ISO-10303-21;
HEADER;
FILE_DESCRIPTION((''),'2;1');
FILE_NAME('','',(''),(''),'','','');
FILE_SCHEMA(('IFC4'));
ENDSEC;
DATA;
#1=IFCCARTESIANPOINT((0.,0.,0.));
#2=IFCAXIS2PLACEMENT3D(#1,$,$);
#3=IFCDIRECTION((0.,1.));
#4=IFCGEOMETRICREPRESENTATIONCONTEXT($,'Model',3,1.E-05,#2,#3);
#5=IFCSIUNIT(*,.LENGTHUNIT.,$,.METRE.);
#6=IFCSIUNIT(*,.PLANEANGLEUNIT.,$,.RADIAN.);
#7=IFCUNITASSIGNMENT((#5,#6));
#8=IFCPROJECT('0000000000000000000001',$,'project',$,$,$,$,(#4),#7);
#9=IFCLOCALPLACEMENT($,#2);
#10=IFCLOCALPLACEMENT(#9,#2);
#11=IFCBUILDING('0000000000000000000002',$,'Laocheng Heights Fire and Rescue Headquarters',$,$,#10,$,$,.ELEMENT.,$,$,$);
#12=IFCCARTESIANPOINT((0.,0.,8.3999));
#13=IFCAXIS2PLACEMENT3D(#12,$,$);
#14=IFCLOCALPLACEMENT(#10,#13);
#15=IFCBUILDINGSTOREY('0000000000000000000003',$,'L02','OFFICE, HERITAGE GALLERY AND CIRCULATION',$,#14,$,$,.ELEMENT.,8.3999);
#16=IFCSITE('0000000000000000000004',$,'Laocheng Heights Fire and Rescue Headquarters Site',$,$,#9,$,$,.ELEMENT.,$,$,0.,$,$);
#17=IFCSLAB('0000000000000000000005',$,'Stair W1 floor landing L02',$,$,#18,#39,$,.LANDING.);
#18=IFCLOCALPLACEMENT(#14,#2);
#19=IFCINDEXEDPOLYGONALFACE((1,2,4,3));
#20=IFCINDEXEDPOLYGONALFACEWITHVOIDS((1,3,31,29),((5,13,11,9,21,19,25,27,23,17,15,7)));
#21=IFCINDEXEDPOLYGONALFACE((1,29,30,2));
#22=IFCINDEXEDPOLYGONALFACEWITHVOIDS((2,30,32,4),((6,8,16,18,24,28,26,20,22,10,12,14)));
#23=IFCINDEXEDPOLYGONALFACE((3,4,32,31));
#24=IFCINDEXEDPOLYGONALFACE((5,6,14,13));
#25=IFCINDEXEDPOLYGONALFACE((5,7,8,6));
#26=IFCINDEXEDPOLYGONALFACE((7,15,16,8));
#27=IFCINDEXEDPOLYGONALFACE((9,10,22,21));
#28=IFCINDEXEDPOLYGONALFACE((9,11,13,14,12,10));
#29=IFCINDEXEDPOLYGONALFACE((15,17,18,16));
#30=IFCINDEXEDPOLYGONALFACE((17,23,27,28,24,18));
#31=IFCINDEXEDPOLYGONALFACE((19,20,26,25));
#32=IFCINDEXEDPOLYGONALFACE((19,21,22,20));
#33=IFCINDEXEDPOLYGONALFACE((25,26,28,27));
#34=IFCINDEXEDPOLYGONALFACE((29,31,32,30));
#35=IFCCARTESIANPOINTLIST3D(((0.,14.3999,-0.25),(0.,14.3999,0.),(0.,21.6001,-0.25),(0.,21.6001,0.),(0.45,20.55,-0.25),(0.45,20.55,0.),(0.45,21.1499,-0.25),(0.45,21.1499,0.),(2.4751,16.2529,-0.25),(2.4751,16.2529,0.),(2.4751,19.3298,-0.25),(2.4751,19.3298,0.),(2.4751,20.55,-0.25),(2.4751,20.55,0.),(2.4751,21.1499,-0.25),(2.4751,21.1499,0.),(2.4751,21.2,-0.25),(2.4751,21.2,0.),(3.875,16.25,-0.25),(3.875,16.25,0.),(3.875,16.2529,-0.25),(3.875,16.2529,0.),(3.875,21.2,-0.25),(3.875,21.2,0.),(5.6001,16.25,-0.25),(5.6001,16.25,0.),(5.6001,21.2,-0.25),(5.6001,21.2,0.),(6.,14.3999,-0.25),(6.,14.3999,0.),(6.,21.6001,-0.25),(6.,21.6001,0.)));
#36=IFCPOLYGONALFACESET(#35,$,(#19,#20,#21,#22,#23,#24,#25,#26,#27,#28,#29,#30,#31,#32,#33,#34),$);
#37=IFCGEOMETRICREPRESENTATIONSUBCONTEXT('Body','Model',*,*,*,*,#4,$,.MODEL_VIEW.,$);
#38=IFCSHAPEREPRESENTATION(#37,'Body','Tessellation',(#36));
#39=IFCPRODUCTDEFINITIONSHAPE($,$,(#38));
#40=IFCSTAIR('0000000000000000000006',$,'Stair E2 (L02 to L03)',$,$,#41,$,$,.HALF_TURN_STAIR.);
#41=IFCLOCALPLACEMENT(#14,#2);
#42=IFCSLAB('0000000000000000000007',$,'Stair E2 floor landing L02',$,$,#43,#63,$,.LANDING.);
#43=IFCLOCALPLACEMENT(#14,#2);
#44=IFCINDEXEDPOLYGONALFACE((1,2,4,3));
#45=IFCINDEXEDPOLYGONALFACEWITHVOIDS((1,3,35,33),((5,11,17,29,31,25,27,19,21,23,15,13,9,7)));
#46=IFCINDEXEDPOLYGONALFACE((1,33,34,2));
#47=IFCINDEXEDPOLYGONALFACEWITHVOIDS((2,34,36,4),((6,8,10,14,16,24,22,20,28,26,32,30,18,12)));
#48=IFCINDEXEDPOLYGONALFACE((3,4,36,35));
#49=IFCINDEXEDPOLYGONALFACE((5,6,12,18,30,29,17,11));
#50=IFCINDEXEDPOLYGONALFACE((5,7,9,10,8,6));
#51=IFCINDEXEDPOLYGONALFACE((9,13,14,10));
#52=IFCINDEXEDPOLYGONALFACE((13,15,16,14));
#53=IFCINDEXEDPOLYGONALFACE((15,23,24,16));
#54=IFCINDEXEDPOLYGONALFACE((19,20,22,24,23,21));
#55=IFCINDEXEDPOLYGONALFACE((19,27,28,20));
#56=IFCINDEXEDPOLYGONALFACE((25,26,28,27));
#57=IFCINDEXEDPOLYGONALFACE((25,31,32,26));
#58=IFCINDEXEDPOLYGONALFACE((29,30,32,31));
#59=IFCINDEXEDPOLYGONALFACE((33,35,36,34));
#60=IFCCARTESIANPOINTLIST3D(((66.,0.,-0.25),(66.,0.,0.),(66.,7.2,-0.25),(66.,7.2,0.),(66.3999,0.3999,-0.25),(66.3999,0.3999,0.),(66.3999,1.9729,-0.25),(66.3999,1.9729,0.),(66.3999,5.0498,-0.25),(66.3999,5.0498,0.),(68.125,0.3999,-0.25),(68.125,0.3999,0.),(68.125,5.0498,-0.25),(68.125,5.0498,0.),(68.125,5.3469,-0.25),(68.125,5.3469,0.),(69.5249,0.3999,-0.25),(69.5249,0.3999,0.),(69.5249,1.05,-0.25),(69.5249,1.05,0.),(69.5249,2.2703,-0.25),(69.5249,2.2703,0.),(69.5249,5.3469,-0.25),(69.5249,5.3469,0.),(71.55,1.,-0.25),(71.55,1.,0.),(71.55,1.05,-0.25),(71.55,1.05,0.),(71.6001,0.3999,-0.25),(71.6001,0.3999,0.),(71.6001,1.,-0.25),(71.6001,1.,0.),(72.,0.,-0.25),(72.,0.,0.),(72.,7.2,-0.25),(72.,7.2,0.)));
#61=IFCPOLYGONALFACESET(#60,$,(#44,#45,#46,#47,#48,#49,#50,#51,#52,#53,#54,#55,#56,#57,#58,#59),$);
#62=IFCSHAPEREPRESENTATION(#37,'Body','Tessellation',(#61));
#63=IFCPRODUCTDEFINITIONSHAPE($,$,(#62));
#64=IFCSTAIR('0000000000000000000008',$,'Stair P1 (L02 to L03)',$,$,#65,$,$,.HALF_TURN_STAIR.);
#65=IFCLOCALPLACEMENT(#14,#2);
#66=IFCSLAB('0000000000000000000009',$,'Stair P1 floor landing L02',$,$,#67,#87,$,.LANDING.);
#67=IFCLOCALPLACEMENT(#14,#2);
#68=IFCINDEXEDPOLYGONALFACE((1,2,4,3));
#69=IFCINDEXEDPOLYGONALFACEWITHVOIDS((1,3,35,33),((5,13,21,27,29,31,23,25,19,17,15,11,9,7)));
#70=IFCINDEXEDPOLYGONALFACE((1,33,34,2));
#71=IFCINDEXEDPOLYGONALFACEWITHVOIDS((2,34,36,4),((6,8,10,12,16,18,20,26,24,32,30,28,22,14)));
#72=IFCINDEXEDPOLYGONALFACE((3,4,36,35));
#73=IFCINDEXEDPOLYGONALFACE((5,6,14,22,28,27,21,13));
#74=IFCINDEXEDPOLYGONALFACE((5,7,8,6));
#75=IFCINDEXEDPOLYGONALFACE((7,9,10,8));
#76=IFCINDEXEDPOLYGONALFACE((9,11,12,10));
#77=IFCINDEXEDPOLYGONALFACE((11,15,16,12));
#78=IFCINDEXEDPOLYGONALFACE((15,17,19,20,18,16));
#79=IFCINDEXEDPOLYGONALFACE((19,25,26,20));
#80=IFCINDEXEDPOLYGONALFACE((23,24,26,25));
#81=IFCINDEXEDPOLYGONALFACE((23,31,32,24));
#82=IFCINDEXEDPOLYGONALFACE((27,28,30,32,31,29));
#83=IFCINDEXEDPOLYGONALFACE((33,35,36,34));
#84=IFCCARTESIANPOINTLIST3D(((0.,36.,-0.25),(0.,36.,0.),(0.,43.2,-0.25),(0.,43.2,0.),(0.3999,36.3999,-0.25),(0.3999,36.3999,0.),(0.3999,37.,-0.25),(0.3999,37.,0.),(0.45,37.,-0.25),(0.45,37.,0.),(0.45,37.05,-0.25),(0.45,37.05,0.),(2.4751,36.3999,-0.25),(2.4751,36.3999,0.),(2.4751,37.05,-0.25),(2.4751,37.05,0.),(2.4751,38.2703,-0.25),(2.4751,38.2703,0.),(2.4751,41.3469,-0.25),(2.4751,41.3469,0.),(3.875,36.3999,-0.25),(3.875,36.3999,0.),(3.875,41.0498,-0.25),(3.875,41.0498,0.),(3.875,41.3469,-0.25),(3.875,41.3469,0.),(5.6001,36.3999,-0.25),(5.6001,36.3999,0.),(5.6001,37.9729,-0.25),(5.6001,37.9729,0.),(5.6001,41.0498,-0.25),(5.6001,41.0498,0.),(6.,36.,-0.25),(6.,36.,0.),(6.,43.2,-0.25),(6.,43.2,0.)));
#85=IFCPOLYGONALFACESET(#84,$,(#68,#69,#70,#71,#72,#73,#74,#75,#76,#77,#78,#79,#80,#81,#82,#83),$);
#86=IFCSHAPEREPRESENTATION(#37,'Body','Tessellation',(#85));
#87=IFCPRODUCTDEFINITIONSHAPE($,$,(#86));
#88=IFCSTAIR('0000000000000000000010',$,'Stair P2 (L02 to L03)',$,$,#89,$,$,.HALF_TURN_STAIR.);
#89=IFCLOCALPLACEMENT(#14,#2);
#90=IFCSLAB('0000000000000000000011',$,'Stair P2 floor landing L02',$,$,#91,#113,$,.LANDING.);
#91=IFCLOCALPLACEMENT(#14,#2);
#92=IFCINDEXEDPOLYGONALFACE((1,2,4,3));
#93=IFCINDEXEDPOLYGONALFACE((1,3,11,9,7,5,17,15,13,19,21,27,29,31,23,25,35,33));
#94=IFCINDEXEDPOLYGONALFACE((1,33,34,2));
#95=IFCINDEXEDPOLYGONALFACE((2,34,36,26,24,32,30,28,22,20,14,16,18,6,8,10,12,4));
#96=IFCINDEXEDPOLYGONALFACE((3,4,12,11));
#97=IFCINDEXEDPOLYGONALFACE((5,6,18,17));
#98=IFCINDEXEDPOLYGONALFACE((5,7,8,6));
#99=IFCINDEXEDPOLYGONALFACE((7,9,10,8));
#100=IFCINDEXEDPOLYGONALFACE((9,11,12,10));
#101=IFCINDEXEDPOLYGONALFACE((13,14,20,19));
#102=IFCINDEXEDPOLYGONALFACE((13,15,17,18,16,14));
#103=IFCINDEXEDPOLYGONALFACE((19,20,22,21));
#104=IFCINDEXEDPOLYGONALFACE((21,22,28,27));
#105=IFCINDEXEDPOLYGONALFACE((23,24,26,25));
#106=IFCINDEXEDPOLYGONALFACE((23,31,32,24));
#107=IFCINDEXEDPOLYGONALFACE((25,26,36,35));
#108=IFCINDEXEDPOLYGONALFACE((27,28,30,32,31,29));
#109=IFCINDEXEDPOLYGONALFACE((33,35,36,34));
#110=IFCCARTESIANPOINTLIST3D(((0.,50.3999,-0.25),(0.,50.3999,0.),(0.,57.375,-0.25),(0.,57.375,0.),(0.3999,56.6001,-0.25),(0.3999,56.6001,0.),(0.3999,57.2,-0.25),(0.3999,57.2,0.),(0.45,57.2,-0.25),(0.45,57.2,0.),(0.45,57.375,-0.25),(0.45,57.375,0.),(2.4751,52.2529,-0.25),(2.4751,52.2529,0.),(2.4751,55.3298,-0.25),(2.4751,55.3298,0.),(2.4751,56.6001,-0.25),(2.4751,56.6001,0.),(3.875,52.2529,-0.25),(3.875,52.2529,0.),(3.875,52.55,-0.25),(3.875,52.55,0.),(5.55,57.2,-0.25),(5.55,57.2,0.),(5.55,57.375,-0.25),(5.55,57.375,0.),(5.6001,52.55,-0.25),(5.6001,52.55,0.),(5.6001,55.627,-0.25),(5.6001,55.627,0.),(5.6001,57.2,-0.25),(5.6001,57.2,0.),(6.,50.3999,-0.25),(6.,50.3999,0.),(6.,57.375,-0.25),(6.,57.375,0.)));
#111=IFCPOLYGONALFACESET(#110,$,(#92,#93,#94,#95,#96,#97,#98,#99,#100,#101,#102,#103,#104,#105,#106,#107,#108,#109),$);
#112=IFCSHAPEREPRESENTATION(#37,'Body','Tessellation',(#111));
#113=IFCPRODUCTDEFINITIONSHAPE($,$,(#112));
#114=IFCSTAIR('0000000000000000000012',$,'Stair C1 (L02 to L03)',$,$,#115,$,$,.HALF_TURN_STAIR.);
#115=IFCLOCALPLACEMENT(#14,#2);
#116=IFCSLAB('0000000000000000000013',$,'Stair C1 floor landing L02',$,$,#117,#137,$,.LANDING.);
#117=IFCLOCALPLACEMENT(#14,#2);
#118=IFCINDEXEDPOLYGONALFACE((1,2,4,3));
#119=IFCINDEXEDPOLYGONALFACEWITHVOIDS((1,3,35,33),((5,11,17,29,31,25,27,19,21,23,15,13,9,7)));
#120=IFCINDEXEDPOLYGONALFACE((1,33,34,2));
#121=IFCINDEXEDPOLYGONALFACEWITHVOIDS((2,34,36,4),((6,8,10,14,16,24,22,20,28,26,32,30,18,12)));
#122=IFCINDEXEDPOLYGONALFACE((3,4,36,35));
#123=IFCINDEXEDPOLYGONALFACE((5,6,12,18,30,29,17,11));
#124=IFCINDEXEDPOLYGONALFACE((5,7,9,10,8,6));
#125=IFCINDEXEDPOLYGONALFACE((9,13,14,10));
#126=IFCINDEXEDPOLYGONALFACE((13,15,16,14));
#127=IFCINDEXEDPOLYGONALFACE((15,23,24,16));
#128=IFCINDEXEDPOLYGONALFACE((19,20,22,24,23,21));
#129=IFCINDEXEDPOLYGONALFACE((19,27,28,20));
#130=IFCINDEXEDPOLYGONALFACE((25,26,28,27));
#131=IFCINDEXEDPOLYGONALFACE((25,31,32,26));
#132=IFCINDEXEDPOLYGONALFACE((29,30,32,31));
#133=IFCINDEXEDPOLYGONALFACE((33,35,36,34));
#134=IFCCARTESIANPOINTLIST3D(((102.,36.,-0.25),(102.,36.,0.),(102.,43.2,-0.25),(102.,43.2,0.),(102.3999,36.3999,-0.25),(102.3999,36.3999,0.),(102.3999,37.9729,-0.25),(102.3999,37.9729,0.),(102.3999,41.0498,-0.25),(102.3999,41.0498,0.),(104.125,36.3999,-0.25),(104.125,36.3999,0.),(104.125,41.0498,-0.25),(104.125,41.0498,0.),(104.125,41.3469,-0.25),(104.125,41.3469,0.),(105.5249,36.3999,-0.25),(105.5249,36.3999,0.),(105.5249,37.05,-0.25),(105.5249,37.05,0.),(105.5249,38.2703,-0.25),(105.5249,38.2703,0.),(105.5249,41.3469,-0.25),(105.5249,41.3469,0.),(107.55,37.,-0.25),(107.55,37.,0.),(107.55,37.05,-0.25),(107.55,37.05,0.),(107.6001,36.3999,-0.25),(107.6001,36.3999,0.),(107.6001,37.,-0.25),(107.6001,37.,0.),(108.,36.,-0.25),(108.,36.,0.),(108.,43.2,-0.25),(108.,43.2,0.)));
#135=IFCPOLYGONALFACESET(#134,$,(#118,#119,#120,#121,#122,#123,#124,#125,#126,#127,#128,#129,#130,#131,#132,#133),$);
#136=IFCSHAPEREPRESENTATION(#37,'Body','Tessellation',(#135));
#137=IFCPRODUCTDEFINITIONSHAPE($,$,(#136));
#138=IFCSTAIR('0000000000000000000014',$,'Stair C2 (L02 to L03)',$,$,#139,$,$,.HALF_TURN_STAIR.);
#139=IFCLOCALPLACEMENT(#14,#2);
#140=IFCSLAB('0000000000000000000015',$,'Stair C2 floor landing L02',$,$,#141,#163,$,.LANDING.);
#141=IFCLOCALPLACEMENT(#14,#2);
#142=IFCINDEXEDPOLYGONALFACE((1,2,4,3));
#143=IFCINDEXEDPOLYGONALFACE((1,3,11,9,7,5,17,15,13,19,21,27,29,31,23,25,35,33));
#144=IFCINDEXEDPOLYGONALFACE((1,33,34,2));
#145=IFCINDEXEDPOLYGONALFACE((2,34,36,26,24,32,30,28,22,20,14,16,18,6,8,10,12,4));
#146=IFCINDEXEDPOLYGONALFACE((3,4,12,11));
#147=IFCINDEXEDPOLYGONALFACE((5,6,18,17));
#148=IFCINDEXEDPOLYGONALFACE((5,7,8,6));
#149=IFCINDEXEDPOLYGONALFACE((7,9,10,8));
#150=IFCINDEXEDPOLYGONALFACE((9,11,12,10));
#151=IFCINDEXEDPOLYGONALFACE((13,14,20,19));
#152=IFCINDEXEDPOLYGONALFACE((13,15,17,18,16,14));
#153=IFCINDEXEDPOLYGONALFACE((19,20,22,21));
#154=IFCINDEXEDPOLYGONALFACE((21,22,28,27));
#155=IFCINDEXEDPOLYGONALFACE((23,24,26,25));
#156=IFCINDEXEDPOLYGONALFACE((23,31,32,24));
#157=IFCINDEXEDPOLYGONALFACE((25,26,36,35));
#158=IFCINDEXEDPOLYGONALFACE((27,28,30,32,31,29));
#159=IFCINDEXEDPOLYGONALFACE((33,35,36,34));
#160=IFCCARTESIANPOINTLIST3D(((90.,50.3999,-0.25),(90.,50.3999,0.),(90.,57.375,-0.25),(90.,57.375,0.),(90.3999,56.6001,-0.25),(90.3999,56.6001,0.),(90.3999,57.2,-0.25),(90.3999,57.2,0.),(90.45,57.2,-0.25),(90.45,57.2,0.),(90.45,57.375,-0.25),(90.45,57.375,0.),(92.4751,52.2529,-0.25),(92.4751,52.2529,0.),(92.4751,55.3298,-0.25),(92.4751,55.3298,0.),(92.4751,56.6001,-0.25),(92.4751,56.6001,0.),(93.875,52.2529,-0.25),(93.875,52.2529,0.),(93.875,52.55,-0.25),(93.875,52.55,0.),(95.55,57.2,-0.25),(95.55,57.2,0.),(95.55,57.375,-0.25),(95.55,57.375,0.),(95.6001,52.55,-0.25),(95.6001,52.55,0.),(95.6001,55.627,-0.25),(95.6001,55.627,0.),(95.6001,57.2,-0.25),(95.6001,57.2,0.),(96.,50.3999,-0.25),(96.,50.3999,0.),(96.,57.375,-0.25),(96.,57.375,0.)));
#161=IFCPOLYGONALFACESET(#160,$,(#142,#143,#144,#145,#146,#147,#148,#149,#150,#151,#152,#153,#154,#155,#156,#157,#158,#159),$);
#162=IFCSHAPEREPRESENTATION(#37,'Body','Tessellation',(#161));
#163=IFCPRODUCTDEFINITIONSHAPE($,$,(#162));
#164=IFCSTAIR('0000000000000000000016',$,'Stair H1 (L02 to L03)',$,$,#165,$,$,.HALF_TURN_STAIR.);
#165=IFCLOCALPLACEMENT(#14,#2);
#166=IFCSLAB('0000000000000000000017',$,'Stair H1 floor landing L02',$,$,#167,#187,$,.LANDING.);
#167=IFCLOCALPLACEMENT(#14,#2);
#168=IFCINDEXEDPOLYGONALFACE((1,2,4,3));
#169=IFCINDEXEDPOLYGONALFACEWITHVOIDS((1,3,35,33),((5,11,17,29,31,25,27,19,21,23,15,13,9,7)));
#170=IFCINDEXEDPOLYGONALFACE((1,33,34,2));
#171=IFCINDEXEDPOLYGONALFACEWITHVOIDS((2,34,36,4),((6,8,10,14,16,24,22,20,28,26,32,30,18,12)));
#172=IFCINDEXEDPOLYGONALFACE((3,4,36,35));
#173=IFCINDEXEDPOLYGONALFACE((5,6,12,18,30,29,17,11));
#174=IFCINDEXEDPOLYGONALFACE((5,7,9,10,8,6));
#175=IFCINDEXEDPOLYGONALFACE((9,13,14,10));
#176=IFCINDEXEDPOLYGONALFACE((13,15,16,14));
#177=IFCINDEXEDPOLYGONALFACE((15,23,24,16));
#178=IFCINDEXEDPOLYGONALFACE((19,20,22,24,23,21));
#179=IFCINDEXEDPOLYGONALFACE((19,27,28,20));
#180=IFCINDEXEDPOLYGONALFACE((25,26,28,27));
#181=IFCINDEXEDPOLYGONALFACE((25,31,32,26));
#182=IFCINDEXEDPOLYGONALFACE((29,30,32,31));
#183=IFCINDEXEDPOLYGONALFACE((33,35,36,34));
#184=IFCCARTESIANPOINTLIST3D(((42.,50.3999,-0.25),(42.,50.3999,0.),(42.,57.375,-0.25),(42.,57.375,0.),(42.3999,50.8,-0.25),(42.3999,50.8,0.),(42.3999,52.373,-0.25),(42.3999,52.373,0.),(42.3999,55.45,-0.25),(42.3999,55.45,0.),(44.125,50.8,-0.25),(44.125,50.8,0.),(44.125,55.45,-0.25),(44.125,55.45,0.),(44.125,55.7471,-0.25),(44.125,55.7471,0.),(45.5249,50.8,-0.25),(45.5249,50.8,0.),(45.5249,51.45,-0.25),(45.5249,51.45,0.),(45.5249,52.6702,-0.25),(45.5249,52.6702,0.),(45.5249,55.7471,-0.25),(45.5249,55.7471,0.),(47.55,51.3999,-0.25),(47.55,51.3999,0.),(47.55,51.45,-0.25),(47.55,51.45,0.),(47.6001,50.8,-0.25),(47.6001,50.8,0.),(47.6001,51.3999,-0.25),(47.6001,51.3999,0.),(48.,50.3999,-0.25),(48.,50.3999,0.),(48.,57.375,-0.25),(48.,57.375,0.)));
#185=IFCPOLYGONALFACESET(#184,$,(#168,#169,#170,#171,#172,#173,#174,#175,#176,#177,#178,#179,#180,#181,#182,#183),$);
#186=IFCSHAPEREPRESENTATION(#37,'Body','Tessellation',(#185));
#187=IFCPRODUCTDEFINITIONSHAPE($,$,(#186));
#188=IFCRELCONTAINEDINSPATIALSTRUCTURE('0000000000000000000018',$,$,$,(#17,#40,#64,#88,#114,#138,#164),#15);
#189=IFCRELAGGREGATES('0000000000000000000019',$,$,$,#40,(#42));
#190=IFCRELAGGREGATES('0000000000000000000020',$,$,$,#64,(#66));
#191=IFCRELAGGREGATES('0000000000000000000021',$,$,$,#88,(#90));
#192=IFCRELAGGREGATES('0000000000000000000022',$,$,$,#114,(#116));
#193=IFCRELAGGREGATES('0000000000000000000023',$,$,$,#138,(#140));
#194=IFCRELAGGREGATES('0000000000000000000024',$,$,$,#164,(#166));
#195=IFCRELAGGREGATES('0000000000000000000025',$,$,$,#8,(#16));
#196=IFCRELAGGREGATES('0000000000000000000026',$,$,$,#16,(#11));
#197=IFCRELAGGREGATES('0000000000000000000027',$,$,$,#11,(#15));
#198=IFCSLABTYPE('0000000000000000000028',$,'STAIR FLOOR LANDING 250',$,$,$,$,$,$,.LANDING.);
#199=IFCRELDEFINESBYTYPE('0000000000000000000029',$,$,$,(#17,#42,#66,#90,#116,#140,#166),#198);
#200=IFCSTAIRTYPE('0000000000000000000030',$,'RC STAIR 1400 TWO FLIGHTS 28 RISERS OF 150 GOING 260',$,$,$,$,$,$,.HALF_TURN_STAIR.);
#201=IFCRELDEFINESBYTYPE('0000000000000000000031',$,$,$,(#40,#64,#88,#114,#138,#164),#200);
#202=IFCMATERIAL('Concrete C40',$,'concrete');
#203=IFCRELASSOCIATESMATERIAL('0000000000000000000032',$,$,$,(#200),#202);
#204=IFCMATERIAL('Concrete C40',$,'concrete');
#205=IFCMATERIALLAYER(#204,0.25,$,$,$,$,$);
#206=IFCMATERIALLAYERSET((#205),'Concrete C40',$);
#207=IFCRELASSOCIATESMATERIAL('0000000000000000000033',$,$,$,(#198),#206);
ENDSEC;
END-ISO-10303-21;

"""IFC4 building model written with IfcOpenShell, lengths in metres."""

from ifc_helpers import new_model, si_unit, direction, frame, origin, place, context, subcontext, project, spatial, polyline, outline, extrude, material, layer, layer_set, type_object, element, aggregate, save


model = new_model("IFC4")

# Units and contexts
model_context = context("Model", 3, precision=1e-05, world=origin(), true_north=direction((0.0, 1.0)))
body_context = subcontext(model_context, "Body", "Model", "MODEL_VIEW")
ifc_project = project(units=[si_unit("LENGTHUNIT", "METRE"), si_unit("PLANEANGLEUNIT", "RADIAN")], contexts=[model_context])

# Site, building, storey
site_placement = place(None, origin())
site = spatial("IfcSite", under=ifc_project, at=site_placement, Name="Laocheng Heights Fire and Rescue Headquarters Site", CompositionType="ELEMENT", RefElevation=0.0)
building_placement = place(site_placement, origin())
building = spatial("IfcBuilding", under=site, at=building_placement, Name="Laocheng Heights Fire and Rescue Headquarters", CompositionType="ELEMENT")
storey_placement = place(building_placement, frame((0.0, 0.0, 8.3999)))
storey = spatial("IfcBuildingStorey", under=building, at=storey_placement, Name="L02", Description="OFFICE, HERITAGE GALLERY AND CIRCULATION", CompositionType="ELEMENT", Elevation=8.3999)

# Shared definitions
ifc_material_1 = material(Name="Concrete C40", Category="concrete")
stair_type = type_object("IfcStairType", Name="RC STAIR 1400 TWO FLIGHTS 28 RISERS OF 150 GOING 260", PredefinedType="HALF_TURN_STAIR", material=ifc_material_1)

# Slab
ifc_material_2 = material(Name="Concrete C40", Category="concrete")
ifc_layer_1 = layer(ifc_material_2, 0.25)
ifc_layer_set_1 = layer_set([ifc_layer_1], Name="Concrete C40")
slab_type_1 = type_object("IfcSlabType", Name="STAIR FLOOR LANDING 250", PredefinedType="LANDING", material=ifc_layer_set_1)
slab_1_placement = place(storey_placement, frame((0.0, 0.0, -0.25)))
element("IfcSlab", 1, at=slab_1_placement, inside=storey, type_object=slab_type_1, Name="Stair W1 floor landing L02", PredefinedType="LANDING", context=body_context, shape_type="SweptSolid", body=[
    extrude(outline(polyline([(0.0, 21.6001), (6.0, 21.6001), (6.0, 14.3999), (0.0, 14.3999), (0.0, 21.6001)]), holes=[polyline([(3.875, 16.25), (5.6001, 16.25), (5.6001, 21.2), (3.875, 21.2), (2.4751, 21.2), (2.4751, 21.1499), (0.45, 21.1499), (0.45, 20.55), (2.4751, 20.55), (2.4751, 19.3298), (2.4751, 16.2529), (3.875, 16.2529), (3.875, 16.25)])]), origin(), (0.0, 0.0, 1.0), 0.25),
])

# Stairs, slabs
stair_1_placement = place(storey_placement, origin())
stair_1 = element("IfcStair", 2, at=stair_1_placement, inside=storey, type_object=stair_type, Name="Stair E2 (L02 to L03)", PredefinedType="HALF_TURN_STAIR")
slab_2_placement = place(storey_placement, frame((0.0, 0.0, -0.25)))
slab_2 = element("IfcSlab", 3, at=slab_2_placement, type_object=slab_type_1, Name="Stair E2 floor landing L02", PredefinedType="LANDING", context=body_context, shape_type="SweptSolid", body=[
    extrude(outline(polyline([(66.0, 7.2), (72.0, 7.2), (72.0, 0.0), (66.0, 0.0), (66.0, 7.2)]), holes=[polyline([(69.5249, 0.3999), (71.6001, 0.3999), (71.6001, 1.0), (71.55, 1.0), (71.55, 1.05), (69.5249, 1.05), (69.5249, 2.2703), (69.5249, 5.3469), (68.125, 5.3469), (68.125, 5.0498), (66.3999, 5.0498), (66.3999, 1.9729), (66.3999, 0.3999), (68.125, 0.3999), (69.5249, 0.3999)])]), origin(), (0.0, 0.0, 1.0), 0.25),
])
aggregate(stair_1, [slab_2])
stair_2_placement = place(storey_placement, origin())
stair_2 = element("IfcStair", 4, at=stair_2_placement, inside=storey, type_object=stair_type, Name="Stair P1 (L02 to L03)", PredefinedType="HALF_TURN_STAIR")
slab_3_placement = place(storey_placement, frame((0.0, 0.0, -0.25)))
slab_3 = element("IfcSlab", 5, at=slab_3_placement, type_object=slab_type_1, Name="Stair P1 floor landing L02", PredefinedType="LANDING", context=body_context, shape_type="SweptSolid", body=[
    extrude(outline(polyline([(0.0, 43.2), (6.0, 43.2), (6.0, 36.0), (0.0, 36.0), (0.0, 43.2)]), holes=[polyline([(3.875, 41.0498), (3.875, 41.3469), (2.4751, 41.3469), (2.4751, 38.2703), (2.4751, 37.05), (0.45, 37.05), (0.45, 37.0), (0.3999, 37.0), (0.3999, 36.3999), (2.4751, 36.3999), (3.875, 36.3999), (5.6001, 36.3999), (5.6001, 37.9729), (5.6001, 41.0498), (3.875, 41.0498)])]), origin(), (0.0, 0.0, 1.0), 0.25),
])
aggregate(stair_2, [slab_3])
stair_3_placement = place(storey_placement, origin())
stair_3 = element("IfcStair", 6, at=stair_3_placement, inside=storey, type_object=stair_type, Name="Stair P2 (L02 to L03)", PredefinedType="HALF_TURN_STAIR")
slab_4_placement = place(storey_placement, frame((0.0, 0.0, -0.25)))
slab_4 = element("IfcSlab", 7, at=slab_4_placement, type_object=slab_type_1, Name="Stair P2 floor landing L02", PredefinedType="LANDING", context=body_context, shape_type="SweptSolid", body=[
    extrude(outline(polyline([(0.0, 57.375), (0.45, 57.375), (0.45, 57.2), (0.3999, 57.2), (0.3999, 56.6001), (2.4751, 56.6001), (2.4751, 55.3298), (2.4751, 52.2529), (3.875, 52.2529), (3.875, 52.55), (5.6001, 52.55), (5.6001, 55.627), (5.6001, 57.2), (5.55, 57.2), (5.55, 57.375), (6.0, 57.375), (6.0, 50.3999), (0.0, 50.3999), (0.0, 57.375)])), origin(), (0.0, 0.0, 1.0), 0.25),
])
aggregate(stair_3, [slab_4])
stair_4_placement = place(storey_placement, origin())
stair_4 = element("IfcStair", 8, at=stair_4_placement, inside=storey, type_object=stair_type, Name="Stair C1 (L02 to L03)", PredefinedType="HALF_TURN_STAIR")
slab_5_placement = place(storey_placement, frame((0.0, 0.0, -0.25)))
slab_5 = element("IfcSlab", 9, at=slab_5_placement, type_object=slab_type_1, Name="Stair C1 floor landing L02", PredefinedType="LANDING", context=body_context, shape_type="SweptSolid", body=[
    extrude(outline(polyline([(102.0, 43.2), (108.0, 43.2), (108.0, 36.0), (102.0, 36.0), (102.0, 43.2)]), holes=[polyline([(105.5249, 36.3999), (107.6001, 36.3999), (107.6001, 37.0), (107.55, 37.0), (107.55, 37.05), (105.5249, 37.05), (105.5249, 38.2703), (105.5249, 41.3469), (104.125, 41.3469), (104.125, 41.0498), (102.3999, 41.0498), (102.3999, 37.9729), (102.3999, 36.3999), (104.125, 36.3999), (105.5249, 36.3999)])]), origin(), (0.0, 0.0, 1.0), 0.25),
])
aggregate(stair_4, [slab_5])
stair_5_placement = place(storey_placement, origin())
stair_5 = element("IfcStair", 10, at=stair_5_placement, inside=storey, type_object=stair_type, Name="Stair C2 (L02 to L03)", PredefinedType="HALF_TURN_STAIR")
slab_6_placement = place(storey_placement, frame((0.0, 0.0, -0.25)))
slab_6 = element("IfcSlab", 11, at=slab_6_placement, type_object=slab_type_1, Name="Stair C2 floor landing L02", PredefinedType="LANDING", context=body_context, shape_type="SweptSolid", body=[
    extrude(outline(polyline([(90.0, 57.375), (90.45, 57.375), (90.45, 57.2), (90.3999, 57.2), (90.3999, 56.6001), (92.4751, 56.6001), (92.4751, 55.3298), (92.4751, 52.2529), (93.875, 52.2529), (93.875, 52.55), (95.6001, 52.55), (95.6001, 55.627), (95.6001, 57.2), (95.55, 57.2), (95.55, 57.375), (96.0, 57.375), (96.0, 50.3999), (90.0, 50.3999), (90.0, 57.375)])), origin(), (0.0, 0.0, 1.0), 0.25),
])
aggregate(stair_5, [slab_6])
stair_6_placement = place(storey_placement, origin())
stair_6 = element("IfcStair", 12, at=stair_6_placement, inside=storey, type_object=stair_type, Name="Stair H1 (L02 to L03)", PredefinedType="HALF_TURN_STAIR")
slab_7_placement = place(storey_placement, frame((0.0, 0.0, -0.25)))
slab_7 = element("IfcSlab", 13, at=slab_7_placement, type_object=slab_type_1, Name="Stair H1 floor landing L02", PredefinedType="LANDING", context=body_context, shape_type="SweptSolid", body=[
    extrude(outline(polyline([(42.0, 57.375), (48.0, 57.375), (48.0, 50.3999), (42.0, 50.3999), (42.0, 57.375)]), holes=[polyline([(45.5249, 50.8), (47.6001, 50.8), (47.6001, 51.3999), (47.55, 51.3999), (47.55, 51.45), (45.5249, 51.45), (45.5249, 52.6702), (45.5249, 55.7471), (44.125, 55.7471), (44.125, 55.45), (42.3999, 55.45), (42.3999, 52.373), (42.3999, 50.8), (44.125, 50.8), (45.5249, 50.8)])]), origin(), (0.0, 0.0, 1.0), 0.25),
])
aggregate(stair_6, [slab_7])

save(model, "model.ifc")
